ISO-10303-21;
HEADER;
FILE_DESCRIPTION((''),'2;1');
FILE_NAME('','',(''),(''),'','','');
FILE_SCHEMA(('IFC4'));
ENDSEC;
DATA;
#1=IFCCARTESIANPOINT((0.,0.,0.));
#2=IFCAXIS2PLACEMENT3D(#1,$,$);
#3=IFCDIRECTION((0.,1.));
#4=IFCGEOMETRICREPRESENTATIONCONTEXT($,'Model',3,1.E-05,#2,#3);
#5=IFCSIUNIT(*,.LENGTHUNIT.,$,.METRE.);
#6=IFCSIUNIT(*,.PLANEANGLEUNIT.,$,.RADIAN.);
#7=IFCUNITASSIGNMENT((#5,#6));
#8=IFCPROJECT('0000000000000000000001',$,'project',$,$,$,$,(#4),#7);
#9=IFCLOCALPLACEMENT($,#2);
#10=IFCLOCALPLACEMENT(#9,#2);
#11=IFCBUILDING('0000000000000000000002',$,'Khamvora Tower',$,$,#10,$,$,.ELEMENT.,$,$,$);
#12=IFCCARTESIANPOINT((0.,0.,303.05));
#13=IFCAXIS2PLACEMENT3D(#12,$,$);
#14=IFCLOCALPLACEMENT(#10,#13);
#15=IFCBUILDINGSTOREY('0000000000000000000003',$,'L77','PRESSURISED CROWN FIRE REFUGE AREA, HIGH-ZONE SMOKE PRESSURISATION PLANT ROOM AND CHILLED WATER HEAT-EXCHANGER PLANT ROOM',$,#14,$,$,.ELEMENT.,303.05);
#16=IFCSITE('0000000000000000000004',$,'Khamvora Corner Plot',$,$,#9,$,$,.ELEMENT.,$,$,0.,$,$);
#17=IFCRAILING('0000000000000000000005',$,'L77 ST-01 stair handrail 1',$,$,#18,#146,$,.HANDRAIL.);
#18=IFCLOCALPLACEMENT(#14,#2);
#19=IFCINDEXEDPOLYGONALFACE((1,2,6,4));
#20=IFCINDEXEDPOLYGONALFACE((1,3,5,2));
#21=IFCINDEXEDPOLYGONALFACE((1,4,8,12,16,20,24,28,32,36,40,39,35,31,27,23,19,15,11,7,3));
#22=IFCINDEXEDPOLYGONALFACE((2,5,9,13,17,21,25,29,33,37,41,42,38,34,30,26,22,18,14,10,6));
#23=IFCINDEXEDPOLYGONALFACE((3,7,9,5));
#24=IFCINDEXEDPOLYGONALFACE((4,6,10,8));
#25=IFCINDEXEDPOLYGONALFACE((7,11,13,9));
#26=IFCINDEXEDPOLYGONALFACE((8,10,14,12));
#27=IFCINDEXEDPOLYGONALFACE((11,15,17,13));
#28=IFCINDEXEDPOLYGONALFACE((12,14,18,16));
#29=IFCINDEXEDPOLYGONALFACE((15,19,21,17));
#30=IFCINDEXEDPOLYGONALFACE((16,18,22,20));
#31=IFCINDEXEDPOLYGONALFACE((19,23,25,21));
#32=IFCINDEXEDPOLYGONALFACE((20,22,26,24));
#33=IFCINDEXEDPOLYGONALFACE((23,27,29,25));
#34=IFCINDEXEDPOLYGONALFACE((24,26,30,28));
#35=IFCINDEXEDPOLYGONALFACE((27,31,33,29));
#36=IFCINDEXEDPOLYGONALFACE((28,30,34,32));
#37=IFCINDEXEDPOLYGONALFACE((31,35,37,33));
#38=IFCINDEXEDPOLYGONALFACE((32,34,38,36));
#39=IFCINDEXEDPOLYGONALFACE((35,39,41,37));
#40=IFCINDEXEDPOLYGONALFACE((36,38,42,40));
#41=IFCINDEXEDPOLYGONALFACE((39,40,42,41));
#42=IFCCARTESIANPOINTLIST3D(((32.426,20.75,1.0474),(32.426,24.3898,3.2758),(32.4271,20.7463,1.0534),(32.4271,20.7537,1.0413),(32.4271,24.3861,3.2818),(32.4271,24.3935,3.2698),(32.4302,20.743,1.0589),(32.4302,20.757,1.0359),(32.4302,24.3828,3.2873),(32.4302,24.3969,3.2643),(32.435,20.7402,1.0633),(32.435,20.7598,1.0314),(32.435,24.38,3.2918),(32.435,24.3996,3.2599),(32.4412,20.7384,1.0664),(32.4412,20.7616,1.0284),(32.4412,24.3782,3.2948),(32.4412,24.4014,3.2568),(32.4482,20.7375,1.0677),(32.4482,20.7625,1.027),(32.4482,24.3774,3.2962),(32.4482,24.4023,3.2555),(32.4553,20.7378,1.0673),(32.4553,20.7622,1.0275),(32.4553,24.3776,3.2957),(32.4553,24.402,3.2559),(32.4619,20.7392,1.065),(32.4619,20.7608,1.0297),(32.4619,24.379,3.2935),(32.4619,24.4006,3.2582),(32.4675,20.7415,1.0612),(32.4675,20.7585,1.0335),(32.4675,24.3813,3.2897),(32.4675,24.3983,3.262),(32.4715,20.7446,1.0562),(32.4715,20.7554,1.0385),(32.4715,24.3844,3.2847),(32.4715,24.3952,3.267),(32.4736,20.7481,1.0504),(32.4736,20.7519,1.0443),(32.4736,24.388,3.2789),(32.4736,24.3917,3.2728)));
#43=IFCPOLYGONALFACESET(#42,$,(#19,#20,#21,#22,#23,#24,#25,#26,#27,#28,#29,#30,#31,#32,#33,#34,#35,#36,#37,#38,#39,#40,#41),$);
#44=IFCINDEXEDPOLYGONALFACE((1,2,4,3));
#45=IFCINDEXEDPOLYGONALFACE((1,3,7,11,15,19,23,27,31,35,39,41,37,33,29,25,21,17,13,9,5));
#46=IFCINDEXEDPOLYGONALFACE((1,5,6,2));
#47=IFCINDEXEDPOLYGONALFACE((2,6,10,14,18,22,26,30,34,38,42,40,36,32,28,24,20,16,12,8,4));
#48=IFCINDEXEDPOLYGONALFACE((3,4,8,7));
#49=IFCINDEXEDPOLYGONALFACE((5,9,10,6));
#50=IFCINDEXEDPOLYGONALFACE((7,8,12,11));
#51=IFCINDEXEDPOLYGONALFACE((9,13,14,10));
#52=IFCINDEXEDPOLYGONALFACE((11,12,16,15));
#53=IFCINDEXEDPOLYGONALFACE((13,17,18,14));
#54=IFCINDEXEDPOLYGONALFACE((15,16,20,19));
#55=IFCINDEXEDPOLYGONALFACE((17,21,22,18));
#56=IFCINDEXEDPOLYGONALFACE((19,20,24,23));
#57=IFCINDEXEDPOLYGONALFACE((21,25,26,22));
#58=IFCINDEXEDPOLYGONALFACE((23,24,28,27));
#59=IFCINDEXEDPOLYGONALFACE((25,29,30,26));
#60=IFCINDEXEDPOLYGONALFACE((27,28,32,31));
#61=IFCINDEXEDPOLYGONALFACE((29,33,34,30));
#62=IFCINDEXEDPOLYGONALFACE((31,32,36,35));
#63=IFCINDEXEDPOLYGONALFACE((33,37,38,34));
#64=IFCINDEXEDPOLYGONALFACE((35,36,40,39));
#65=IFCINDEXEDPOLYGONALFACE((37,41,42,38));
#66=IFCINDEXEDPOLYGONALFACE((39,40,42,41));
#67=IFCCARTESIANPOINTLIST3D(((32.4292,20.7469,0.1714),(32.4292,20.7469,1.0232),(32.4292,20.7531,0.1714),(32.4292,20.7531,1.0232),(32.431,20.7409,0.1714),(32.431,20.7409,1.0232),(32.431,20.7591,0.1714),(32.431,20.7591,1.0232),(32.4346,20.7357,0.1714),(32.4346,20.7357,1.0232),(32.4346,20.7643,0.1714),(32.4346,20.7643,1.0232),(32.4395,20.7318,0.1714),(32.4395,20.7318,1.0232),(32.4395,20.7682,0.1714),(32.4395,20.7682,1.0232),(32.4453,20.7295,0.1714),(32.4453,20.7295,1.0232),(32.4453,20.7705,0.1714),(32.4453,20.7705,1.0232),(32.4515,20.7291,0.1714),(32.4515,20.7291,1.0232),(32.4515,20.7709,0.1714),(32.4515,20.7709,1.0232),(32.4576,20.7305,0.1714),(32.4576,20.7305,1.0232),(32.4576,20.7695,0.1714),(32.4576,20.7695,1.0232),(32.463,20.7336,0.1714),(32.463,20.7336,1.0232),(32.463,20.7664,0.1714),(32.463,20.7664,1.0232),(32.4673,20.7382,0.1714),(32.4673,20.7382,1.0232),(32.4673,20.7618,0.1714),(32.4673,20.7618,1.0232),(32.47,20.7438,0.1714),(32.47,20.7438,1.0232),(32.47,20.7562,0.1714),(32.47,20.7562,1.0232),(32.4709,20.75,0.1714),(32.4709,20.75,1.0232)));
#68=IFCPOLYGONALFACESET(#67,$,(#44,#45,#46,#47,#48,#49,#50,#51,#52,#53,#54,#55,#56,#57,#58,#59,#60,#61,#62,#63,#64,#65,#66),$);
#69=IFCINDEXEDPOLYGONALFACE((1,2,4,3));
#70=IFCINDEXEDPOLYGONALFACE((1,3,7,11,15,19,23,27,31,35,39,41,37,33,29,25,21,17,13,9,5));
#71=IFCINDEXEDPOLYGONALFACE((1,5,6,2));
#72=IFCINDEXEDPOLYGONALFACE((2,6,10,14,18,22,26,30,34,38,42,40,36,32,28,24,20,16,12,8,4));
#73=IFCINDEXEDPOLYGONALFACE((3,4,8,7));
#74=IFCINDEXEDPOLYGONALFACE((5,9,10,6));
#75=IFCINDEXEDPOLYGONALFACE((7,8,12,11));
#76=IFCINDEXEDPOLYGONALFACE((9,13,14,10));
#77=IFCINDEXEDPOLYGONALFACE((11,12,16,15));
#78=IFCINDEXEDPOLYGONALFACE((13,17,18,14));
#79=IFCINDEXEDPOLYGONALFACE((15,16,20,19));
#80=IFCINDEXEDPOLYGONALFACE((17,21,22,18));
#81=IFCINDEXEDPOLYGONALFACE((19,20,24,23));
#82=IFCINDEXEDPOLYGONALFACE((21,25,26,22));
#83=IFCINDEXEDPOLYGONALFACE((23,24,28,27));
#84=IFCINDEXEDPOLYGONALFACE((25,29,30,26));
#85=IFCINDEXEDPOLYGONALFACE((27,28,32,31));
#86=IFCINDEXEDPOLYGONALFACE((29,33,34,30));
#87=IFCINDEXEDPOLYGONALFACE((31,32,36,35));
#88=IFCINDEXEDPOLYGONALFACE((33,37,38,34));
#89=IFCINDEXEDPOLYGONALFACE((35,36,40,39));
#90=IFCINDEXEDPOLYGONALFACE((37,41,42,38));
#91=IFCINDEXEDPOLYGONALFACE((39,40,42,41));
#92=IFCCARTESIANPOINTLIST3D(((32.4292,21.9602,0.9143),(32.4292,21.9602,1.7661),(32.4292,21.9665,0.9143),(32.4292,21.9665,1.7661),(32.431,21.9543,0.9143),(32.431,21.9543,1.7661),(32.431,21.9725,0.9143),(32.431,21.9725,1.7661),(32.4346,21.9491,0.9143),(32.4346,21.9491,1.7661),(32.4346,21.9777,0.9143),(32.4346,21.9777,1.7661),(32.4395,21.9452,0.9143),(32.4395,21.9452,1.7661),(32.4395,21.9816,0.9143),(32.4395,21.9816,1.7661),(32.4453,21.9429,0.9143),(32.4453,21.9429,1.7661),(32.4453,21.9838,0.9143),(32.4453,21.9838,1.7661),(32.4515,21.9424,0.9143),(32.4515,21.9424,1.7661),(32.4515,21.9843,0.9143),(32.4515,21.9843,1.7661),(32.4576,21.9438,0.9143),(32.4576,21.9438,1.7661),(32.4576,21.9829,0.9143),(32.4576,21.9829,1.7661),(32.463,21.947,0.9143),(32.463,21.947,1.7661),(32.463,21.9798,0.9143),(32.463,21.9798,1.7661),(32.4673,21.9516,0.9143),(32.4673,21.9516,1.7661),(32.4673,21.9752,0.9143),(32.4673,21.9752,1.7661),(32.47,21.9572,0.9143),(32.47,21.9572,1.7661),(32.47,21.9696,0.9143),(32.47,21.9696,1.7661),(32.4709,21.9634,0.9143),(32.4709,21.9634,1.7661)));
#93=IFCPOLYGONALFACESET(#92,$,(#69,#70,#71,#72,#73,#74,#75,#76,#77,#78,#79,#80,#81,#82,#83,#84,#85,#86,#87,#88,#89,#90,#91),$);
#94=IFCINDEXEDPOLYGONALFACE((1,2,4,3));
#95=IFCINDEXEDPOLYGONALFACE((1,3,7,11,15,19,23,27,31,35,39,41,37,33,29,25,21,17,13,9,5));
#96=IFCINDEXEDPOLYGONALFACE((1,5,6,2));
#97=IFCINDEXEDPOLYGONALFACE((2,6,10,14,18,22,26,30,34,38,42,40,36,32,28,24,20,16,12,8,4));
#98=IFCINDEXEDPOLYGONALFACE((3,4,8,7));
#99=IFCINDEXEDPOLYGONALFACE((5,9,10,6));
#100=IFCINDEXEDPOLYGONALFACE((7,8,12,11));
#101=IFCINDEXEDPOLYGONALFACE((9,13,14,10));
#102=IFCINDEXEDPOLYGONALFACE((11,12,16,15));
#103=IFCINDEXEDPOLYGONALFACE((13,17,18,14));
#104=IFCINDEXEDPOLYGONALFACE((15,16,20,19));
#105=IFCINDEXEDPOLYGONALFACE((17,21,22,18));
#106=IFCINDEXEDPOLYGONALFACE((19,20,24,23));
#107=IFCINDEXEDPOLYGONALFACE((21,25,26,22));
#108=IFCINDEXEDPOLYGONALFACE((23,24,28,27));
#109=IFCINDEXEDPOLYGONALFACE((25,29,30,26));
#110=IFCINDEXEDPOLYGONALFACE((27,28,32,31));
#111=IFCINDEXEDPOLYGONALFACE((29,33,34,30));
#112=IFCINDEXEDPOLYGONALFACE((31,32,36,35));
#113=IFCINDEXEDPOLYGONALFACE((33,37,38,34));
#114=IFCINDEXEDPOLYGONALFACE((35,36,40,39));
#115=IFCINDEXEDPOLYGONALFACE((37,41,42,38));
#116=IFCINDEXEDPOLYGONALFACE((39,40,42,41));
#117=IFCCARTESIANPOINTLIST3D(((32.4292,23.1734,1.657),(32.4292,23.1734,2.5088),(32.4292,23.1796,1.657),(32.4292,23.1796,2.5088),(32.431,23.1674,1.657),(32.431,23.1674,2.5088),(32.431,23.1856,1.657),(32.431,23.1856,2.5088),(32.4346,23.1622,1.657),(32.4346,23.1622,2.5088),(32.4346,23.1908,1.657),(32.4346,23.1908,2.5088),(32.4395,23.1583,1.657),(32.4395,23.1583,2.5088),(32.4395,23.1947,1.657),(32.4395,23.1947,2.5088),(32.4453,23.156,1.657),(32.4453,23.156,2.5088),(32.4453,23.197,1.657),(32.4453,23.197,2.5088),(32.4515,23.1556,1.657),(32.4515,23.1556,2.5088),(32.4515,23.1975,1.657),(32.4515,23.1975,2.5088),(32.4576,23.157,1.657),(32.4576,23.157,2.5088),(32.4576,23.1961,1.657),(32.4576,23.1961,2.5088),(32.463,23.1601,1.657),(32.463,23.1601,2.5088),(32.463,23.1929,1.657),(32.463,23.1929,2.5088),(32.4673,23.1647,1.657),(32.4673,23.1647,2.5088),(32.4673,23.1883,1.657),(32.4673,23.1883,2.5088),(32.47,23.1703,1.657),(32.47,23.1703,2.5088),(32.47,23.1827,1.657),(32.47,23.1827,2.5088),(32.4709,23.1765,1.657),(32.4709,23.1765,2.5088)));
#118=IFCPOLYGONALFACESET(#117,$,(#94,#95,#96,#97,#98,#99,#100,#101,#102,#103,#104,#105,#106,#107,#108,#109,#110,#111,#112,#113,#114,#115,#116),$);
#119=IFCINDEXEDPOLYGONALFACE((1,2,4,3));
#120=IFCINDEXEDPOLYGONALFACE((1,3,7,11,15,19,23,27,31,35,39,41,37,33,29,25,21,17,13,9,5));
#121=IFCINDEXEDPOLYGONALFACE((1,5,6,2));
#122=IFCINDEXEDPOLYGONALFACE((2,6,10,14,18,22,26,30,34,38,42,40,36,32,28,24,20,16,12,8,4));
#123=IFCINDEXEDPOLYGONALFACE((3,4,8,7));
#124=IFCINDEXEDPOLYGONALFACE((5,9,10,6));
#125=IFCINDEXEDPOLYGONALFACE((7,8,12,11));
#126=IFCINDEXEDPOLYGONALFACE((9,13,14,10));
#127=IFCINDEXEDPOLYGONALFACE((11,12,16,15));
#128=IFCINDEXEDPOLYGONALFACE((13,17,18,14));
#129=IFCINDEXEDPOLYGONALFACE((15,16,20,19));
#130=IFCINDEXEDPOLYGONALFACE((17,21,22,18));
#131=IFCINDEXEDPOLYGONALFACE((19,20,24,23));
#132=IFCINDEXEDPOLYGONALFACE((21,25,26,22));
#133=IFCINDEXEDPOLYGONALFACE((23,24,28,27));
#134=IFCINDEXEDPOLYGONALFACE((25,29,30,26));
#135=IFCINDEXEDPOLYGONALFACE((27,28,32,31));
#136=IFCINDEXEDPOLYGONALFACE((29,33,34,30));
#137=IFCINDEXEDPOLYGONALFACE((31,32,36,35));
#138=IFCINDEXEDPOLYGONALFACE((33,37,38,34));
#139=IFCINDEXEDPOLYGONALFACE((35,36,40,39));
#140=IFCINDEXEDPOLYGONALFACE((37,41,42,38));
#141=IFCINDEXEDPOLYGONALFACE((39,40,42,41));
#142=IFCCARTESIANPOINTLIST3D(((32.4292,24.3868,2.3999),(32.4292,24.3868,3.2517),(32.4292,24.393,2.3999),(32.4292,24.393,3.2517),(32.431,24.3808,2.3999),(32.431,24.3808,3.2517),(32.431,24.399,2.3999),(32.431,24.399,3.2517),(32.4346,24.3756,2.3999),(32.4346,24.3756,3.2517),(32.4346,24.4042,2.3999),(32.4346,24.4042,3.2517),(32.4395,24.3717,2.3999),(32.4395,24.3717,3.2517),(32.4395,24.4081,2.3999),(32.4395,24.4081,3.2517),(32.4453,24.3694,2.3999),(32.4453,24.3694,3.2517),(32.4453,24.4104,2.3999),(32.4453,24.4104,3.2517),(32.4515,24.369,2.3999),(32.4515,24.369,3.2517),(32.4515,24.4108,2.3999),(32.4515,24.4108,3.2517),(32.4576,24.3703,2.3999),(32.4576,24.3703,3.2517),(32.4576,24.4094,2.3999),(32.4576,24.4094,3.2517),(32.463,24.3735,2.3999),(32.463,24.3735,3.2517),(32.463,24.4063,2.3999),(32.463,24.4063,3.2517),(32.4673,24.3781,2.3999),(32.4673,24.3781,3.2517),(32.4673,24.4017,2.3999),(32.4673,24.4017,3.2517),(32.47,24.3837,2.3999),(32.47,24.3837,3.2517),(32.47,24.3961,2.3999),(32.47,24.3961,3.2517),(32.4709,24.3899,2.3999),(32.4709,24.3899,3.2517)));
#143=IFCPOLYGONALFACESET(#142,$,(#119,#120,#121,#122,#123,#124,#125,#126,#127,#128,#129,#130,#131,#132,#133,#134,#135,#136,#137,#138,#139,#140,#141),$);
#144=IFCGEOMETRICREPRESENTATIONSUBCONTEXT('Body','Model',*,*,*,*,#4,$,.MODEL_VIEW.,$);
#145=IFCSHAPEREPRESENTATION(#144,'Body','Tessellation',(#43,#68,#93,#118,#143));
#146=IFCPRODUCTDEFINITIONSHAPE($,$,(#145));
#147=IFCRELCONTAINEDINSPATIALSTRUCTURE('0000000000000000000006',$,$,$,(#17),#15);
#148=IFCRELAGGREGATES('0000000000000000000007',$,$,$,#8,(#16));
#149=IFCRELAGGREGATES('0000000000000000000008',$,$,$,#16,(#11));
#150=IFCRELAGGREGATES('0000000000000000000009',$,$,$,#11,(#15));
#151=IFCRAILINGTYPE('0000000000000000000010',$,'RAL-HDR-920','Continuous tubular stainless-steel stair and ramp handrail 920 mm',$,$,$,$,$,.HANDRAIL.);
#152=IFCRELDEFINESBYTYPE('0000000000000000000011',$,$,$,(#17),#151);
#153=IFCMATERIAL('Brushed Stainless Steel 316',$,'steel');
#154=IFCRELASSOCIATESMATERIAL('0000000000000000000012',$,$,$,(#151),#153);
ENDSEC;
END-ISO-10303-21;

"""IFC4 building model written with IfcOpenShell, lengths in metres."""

from ifc_helpers import new_model, si_unit, direction, frame, origin, origin_2d, place, context, subcontext, project, spatial, circle, extrude, material, type_object, element, save


model = new_model("IFC4")

# Units and contexts
model_context = context("Model", 3, precision=1e-05, world=origin(), true_north=direction((0.0, 1.0)))
body_context = subcontext(model_context, "Body", "Model", "MODEL_VIEW")
ifc_project = project(units=[si_unit("LENGTHUNIT", "METRE"), si_unit("PLANEANGLEUNIT", "RADIAN")], contexts=[model_context])

# Site, building, storey
site_placement = place(None, origin())
site = spatial("IfcSite", under=ifc_project, at=site_placement, Name="Khamvora Corner Plot", CompositionType="ELEMENT", RefElevation=0.0)
building_placement = place(site_placement, origin())
building = spatial("IfcBuilding", under=site, at=building_placement, Name="Khamvora Tower", CompositionType="ELEMENT")
storey_placement = place(building_placement, frame((0.0, 0.0, 303.05)))
storey = spatial("IfcBuildingStorey", under=building, at=storey_placement, Name="L77", Description="PRESSURISED CROWN FIRE REFUGE AREA, HIGH-ZONE SMOKE PRESSURISATION PLANT ROOM AND CHILLED WATER HEAT-EXCHANGER PLANT ROOM", CompositionType="ELEMENT", Elevation=303.05)

# Railing
ifc_material_1 = material(Name="Brushed Stainless Steel 316", Category="steel")
railing_type_1 = type_object("IfcRailingType", Name="RAL-HDR-920", Description="Continuous tubular stainless-steel stair and ramp handrail 920 mm", PredefinedType="HANDRAIL", material=ifc_material_1)
railing_1_placement = place(storey_placement, frame((32.45, 20.75, 0.1714)))
element("IfcRailing", 1, at=railing_1_placement, inside=storey, type_object=railing_type_1, Name="L77 ST-01 stair handrail 1", PredefinedType="HANDRAIL", context=body_context, shape_type="SweptSolid", body=[
    extrude(circle(Radius=0.0239, at=origin_2d()), frame((0.0, 0.0, 0.876), z_axis=(0.0, 0.85285, 0.522156), x_axis=(-1.0, 0.0, 0.0)), (0.0, 0.0, 1.0), 4.2678),
    extrude(circle(Radius=0.021, at=origin_2d()), origin(), (0.0, 0.0, 1.0), 0.8518),
    extrude(circle(Radius=0.021, at=origin_2d()), frame((0.0, 1.2134, 0.7429)), (0.0, 0.0, 1.0), 0.8518),
    extrude(circle(Radius=0.021, at=origin_2d()), frame((0.0, 2.4265, 1.4856)), (0.0, 0.0, 1.0), 0.8518),
    extrude(circle(Radius=0.021, at=origin_2d()), frame((0.0, 3.6399, 2.2285)), (0.0, 0.0, 1.0), 0.8518),
])

save(model, "model.ifc")
